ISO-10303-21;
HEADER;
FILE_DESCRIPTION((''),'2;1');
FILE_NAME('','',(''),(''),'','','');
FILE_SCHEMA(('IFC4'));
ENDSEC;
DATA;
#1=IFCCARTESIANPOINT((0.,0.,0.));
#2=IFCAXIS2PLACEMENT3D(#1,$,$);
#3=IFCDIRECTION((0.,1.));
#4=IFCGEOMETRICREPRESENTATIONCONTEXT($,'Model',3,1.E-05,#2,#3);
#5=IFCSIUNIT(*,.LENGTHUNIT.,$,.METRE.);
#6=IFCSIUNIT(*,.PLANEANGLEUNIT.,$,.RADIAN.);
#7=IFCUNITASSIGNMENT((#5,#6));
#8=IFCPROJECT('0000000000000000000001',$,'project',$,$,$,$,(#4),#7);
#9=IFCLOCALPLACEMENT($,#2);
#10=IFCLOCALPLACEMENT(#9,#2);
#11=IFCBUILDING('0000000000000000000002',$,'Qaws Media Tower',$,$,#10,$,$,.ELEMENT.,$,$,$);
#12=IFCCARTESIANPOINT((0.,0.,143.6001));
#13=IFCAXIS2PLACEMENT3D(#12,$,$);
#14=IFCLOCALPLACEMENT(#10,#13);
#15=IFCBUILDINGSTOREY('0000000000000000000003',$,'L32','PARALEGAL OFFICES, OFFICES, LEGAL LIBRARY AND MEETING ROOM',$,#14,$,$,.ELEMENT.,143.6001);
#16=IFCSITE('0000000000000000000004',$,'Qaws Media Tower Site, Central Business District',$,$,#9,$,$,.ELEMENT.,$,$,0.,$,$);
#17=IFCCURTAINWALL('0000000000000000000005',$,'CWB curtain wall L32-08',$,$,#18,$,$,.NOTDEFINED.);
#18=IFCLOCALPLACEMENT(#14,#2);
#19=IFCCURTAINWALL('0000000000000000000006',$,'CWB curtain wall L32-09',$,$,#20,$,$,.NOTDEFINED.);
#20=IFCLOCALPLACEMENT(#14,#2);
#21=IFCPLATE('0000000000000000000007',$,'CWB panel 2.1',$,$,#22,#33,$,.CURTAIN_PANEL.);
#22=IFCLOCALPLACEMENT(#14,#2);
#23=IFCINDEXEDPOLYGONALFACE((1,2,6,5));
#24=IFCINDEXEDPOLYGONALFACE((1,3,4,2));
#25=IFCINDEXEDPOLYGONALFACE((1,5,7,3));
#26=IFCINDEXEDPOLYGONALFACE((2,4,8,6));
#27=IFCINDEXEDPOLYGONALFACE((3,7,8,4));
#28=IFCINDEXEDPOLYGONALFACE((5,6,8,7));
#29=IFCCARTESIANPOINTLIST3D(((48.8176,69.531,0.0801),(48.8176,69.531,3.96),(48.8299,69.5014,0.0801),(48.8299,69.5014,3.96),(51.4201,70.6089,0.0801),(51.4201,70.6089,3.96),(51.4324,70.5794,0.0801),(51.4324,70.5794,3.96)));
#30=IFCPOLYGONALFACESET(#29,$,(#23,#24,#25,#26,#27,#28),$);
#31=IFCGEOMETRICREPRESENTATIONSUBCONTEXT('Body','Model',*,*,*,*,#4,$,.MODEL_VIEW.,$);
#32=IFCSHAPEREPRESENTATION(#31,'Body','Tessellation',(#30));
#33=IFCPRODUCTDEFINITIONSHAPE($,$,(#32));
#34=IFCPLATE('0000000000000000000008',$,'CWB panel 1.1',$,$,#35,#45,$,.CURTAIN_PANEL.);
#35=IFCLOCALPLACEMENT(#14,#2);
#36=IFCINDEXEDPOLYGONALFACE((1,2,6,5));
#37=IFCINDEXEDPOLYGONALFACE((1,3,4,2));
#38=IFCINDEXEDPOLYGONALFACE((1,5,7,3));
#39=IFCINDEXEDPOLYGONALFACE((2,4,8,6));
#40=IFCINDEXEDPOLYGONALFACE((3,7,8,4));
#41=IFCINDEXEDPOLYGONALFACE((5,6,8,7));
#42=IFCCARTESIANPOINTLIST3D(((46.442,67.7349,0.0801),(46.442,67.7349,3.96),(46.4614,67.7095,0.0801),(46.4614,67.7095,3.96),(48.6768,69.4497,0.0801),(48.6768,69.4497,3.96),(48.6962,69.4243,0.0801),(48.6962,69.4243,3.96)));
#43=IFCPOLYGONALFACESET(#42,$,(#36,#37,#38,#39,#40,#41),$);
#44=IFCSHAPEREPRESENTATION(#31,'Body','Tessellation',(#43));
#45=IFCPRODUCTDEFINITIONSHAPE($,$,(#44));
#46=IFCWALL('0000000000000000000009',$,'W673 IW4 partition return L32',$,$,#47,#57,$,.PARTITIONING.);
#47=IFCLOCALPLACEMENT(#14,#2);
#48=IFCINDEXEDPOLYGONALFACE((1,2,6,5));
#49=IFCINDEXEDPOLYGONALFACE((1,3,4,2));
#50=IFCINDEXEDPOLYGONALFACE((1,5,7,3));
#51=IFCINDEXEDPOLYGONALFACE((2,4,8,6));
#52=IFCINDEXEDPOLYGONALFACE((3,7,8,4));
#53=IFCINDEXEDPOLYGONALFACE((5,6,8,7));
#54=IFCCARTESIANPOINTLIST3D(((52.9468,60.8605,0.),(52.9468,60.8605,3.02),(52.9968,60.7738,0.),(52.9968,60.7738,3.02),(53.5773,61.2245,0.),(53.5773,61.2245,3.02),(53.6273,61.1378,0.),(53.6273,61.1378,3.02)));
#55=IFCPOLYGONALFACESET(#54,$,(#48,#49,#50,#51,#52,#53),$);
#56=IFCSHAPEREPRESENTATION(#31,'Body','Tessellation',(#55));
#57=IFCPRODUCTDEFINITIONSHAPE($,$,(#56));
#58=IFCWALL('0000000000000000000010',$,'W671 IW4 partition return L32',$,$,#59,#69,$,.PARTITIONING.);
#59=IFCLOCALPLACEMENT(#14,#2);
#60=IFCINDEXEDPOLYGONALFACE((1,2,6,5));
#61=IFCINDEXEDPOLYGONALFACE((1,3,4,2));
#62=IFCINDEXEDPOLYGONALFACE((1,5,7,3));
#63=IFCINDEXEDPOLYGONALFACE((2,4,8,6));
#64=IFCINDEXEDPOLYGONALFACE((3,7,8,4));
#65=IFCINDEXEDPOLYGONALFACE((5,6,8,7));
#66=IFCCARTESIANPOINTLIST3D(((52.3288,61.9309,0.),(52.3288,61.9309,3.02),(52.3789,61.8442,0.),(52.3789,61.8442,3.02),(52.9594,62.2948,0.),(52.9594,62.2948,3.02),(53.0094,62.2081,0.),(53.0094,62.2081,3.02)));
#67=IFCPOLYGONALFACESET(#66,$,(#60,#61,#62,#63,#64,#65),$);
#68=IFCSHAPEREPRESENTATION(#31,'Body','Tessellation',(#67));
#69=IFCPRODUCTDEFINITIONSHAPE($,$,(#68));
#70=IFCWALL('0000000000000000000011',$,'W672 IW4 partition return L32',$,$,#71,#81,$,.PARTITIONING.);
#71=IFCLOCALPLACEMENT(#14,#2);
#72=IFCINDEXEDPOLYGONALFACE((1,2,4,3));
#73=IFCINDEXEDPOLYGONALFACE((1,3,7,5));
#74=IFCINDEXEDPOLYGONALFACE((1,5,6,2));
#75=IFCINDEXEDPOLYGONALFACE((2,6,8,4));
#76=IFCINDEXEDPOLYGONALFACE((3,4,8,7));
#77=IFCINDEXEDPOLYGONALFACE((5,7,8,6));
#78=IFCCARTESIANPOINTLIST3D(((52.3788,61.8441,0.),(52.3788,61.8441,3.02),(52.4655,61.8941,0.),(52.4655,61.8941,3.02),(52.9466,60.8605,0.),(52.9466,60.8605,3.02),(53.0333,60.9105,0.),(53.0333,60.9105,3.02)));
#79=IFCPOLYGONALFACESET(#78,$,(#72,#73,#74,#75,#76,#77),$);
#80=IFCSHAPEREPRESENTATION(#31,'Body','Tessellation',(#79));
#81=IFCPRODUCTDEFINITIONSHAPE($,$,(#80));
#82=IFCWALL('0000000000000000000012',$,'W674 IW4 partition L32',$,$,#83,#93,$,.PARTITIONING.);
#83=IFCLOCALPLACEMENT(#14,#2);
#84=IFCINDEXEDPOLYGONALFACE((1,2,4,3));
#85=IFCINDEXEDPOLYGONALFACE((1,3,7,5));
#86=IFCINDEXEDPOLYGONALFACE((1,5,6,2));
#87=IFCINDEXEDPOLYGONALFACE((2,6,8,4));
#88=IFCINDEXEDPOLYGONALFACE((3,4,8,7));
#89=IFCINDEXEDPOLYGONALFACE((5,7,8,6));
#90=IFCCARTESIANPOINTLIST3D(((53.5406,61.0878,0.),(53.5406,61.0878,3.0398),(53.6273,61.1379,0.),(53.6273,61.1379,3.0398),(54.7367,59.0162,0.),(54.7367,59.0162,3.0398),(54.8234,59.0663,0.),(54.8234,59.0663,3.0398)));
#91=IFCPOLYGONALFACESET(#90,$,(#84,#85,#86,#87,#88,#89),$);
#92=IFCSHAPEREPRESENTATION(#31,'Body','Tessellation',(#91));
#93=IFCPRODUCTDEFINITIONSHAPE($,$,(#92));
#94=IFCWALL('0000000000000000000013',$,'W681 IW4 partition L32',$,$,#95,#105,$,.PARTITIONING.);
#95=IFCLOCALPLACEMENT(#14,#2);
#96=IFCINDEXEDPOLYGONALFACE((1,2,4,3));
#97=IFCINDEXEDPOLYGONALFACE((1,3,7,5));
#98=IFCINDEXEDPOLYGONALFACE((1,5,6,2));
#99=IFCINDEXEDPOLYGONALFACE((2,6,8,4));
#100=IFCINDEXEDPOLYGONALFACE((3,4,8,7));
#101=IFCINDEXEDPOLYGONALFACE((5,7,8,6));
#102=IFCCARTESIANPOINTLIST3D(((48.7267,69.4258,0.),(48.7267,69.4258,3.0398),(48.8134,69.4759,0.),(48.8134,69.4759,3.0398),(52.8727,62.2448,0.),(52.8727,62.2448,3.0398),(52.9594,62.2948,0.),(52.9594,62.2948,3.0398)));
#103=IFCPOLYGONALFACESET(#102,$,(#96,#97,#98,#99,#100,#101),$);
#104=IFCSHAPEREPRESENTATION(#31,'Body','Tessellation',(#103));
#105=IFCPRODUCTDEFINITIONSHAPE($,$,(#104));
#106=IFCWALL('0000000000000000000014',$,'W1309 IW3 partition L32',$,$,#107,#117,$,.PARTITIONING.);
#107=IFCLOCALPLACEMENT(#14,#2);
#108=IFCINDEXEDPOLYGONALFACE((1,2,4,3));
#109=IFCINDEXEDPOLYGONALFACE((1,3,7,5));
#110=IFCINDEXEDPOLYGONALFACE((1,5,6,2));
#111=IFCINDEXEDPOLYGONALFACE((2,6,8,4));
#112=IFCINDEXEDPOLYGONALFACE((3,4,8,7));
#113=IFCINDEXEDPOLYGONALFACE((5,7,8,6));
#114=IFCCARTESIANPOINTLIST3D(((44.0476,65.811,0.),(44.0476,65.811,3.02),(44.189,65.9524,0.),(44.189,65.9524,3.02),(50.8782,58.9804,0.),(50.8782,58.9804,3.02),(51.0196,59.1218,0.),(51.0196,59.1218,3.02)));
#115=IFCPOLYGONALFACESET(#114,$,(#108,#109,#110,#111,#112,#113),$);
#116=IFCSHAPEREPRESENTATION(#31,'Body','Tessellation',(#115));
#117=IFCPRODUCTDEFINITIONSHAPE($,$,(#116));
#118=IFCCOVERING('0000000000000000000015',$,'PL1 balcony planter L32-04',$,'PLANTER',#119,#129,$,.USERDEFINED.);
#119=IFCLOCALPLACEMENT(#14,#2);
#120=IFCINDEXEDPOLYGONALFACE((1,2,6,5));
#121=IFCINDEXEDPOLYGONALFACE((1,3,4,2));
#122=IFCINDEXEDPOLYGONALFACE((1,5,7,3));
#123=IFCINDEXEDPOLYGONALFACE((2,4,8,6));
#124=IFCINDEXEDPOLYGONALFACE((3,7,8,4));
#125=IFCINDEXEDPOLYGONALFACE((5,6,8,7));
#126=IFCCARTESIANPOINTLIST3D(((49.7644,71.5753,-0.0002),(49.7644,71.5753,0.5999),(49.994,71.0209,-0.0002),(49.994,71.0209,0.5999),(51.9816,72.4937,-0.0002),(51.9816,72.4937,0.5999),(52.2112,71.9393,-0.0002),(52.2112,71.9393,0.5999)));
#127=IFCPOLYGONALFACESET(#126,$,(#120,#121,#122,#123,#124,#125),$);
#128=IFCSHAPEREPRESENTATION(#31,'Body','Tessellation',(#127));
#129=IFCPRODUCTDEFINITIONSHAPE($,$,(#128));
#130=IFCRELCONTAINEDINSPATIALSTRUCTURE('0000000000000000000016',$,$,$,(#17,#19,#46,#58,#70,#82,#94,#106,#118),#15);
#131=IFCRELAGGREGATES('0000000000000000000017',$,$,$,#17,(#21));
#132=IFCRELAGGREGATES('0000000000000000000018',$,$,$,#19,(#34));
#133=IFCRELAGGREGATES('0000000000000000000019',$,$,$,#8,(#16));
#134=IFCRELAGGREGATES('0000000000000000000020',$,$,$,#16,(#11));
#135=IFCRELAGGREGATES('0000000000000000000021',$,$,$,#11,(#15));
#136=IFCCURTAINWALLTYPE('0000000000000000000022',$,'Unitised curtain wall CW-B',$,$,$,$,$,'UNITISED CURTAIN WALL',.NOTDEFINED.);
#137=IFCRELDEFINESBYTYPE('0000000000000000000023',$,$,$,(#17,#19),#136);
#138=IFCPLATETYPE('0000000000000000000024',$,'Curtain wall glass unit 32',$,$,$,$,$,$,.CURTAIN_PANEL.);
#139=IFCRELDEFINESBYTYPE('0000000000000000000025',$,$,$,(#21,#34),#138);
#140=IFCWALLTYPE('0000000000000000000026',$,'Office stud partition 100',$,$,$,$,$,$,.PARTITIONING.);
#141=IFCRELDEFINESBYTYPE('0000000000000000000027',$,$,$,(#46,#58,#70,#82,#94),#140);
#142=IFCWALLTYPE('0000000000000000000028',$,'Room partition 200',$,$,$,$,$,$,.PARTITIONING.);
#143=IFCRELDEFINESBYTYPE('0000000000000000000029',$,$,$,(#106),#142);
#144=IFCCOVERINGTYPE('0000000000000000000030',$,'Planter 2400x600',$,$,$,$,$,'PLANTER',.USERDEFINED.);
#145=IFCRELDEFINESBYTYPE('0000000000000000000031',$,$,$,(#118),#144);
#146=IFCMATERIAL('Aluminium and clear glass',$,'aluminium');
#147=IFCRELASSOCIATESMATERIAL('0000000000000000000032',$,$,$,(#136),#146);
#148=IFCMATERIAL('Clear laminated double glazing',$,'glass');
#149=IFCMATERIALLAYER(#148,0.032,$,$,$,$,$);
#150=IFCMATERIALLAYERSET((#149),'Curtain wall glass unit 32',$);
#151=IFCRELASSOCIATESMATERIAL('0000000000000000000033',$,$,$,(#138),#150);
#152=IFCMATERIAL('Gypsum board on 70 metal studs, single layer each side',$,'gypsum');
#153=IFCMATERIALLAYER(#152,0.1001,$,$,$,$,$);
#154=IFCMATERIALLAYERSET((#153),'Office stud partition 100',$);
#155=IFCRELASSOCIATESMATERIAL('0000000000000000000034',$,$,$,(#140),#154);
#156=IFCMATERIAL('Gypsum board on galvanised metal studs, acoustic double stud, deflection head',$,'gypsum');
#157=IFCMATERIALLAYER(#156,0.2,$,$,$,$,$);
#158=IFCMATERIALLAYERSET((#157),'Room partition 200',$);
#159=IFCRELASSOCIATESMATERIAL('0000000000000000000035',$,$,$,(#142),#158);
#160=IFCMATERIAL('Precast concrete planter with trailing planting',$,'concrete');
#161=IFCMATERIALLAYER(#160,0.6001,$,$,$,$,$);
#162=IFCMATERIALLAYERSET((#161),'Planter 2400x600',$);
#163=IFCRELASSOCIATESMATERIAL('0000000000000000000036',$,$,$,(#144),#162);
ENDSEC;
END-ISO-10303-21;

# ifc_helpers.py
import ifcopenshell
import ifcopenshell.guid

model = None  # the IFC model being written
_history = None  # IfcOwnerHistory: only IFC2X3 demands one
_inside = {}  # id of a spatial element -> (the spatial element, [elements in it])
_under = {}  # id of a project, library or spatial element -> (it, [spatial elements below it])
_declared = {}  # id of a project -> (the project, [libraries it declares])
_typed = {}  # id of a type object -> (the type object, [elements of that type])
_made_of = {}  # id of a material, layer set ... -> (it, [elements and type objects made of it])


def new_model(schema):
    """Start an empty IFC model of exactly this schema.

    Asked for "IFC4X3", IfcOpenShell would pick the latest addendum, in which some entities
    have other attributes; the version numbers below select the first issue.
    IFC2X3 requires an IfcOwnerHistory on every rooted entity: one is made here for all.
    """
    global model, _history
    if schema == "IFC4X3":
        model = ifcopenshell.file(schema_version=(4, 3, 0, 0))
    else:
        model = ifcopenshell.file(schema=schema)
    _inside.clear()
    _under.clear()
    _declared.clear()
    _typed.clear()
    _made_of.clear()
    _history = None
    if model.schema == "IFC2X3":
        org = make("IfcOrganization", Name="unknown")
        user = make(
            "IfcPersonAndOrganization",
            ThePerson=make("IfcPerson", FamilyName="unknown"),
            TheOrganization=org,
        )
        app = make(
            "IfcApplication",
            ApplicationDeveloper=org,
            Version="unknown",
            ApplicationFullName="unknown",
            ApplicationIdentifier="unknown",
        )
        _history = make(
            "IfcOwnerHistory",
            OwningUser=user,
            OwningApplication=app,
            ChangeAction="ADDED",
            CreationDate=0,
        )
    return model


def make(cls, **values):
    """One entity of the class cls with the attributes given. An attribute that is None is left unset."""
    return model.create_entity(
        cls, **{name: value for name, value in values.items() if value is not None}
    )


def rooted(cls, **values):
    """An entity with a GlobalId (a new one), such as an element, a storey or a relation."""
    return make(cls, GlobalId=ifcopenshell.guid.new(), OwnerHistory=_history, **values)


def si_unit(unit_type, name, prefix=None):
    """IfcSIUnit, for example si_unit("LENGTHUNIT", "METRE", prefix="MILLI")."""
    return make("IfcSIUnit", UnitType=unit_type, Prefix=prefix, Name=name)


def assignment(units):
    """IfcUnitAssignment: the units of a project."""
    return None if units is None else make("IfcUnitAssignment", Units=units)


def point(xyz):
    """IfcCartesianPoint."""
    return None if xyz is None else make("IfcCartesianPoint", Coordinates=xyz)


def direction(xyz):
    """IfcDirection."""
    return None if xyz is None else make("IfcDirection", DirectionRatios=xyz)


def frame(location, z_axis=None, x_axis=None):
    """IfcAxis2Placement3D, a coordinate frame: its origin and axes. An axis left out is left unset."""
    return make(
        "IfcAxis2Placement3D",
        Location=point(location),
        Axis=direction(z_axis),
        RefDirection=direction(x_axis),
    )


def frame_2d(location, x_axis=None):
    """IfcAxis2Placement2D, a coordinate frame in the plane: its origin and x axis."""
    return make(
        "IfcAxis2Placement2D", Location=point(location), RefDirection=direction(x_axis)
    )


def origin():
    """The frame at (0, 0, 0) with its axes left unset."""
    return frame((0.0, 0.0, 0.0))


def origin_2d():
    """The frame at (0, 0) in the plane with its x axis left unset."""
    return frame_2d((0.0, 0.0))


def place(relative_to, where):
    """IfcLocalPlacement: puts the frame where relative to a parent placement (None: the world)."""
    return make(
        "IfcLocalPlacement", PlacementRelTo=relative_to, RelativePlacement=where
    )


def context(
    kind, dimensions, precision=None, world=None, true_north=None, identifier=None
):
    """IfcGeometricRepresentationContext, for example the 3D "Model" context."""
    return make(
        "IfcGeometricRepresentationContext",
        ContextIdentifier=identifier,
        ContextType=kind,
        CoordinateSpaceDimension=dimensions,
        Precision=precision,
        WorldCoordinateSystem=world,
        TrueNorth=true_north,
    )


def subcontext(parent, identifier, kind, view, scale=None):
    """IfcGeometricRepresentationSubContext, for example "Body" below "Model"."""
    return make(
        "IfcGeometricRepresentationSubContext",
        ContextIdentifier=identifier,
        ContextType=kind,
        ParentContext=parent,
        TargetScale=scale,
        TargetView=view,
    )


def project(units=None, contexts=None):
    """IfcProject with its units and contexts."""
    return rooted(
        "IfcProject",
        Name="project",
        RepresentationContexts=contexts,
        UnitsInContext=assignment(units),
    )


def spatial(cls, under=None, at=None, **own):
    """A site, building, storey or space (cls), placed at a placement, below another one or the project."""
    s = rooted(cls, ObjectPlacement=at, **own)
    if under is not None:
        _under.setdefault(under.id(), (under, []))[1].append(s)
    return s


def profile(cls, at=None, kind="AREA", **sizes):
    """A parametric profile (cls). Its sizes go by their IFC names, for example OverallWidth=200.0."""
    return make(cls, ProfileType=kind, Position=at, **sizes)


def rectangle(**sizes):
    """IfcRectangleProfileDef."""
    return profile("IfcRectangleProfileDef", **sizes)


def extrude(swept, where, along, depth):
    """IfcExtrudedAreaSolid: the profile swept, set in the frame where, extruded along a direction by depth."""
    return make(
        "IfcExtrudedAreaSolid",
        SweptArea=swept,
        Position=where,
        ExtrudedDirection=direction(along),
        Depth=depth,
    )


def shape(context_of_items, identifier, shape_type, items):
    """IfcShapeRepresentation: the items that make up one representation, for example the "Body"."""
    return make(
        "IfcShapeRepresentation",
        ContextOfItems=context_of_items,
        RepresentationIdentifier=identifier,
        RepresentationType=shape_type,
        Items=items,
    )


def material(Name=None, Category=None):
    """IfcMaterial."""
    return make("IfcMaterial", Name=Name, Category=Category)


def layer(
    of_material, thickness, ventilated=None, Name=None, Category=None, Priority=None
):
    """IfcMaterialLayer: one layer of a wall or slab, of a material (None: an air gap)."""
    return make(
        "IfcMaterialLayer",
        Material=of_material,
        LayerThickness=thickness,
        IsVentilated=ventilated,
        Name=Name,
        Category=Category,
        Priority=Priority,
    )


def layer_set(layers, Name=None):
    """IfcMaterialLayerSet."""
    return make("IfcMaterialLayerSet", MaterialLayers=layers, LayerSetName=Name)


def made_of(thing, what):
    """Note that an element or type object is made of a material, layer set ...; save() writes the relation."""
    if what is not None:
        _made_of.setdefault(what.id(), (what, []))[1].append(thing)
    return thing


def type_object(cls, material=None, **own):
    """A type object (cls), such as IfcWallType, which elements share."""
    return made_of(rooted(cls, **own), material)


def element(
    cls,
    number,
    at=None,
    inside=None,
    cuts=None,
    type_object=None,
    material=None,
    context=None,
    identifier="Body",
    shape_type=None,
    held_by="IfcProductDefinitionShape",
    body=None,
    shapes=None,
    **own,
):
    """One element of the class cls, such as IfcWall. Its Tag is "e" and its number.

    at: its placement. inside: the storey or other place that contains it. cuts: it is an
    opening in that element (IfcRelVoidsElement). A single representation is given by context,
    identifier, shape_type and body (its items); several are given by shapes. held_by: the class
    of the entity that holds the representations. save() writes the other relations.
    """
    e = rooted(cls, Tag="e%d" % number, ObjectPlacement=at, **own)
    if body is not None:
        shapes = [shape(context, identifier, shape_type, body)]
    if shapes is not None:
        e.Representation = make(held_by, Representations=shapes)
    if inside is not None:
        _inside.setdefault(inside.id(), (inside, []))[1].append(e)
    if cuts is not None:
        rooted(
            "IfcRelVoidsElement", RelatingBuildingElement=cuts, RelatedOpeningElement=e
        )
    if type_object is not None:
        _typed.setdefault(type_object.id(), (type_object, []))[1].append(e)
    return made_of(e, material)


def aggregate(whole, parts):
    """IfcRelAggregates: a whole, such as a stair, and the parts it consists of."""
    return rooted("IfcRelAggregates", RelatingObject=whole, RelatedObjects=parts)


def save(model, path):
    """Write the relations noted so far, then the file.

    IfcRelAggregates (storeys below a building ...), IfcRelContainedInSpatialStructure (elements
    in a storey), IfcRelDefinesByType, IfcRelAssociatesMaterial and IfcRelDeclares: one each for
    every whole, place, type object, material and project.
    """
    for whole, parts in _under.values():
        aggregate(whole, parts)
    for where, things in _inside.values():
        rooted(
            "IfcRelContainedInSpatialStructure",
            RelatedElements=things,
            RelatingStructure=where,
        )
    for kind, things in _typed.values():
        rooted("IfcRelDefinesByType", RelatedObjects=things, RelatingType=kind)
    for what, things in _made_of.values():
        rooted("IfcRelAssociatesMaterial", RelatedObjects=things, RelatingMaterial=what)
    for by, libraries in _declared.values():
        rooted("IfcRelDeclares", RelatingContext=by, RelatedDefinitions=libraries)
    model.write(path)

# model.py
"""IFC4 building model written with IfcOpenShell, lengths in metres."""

from ifc_helpers import new_model, si_unit, direction, frame, frame_2d, origin, origin_2d, place, context, subcontext, project, spatial, rectangle, extrude, material, layer, layer_set, type_object, element, aggregate, save


model = new_model("IFC4")

# Units and contexts
model_context = context("Model", 3, precision=1e-05, world=origin(), true_north=direction((0.0, 1.0)))
body_context = subcontext(model_context, "Body", "Model", "MODEL_VIEW")
ifc_project = project(units=[si_unit("LENGTHUNIT", "METRE"), si_unit("PLANEANGLEUNIT", "RADIAN")], contexts=[model_context])

# Site, building, storey
site_placement = place(None, origin())
site = spatial("IfcSite", under=ifc_project, at=site_placement, Name="Qaws Media Tower Site, Central Business District", CompositionType="ELEMENT", RefElevation=0.0)
building_placement = place(site_placement, origin())
building = spatial("IfcBuilding", under=site, at=building_placement, Name="Qaws Media Tower", CompositionType="ELEMENT")
storey_placement = place(building_placement, frame((0.0, 0.0, 143.6001)))
storey = spatial("IfcBuildingStorey", under=building, at=storey_placement, Name="L32", Description="PARALEGAL OFFICES, OFFICES, LEGAL LIBRARY AND MEETING ROOM", CompositionType="ELEMENT", Elevation=143.6001)

# Curtain wall
ifc_material_1 = material(Name="Aluminium and clear glass", Category="aluminium")
curtain_wall_type = type_object("IfcCurtainWallType", Name="Unitised curtain wall CW-B", ElementType="UNITISED CURTAIN WALL", PredefinedType="NOTDEFINED", material=ifc_material_1)
curtain_wall_1_placement = place(storey_placement, origin())
curtain_wall_1 = element("IfcCurtainWall", 1, at=curtain_wall_1_placement, inside=storey, type_object=curtain_wall_type, Name="CWB curtain wall L32-08", PredefinedType="NOTDEFINED")

# Curtain wall
curtain_wall_2_placement = place(storey_placement, origin())
curtain_wall_2 = element("IfcCurtainWall", 2, at=curtain_wall_2_placement, inside=storey, type_object=curtain_wall_type, Name="CWB curtain wall L32-09", PredefinedType="NOTDEFINED")

# Plates
ifc_material_2 = material(Name="Clear laminated double glazing", Category="glass")
ifc_layer_1 = layer(ifc_material_2, 0.032)
ifc_layer_set_1 = layer_set([ifc_layer_1], Name="Curtain wall glass unit 32")
plate_type = type_object("IfcPlateType", Name="Curtain wall glass unit 32", PredefinedType="CURTAIN_PANEL", material=ifc_layer_set_1)
plate_1_placement = place(storey_placement, frame((50.125, 70.0552, 0.0801), z_axis=(0.0, 0.0, 1.0), x_axis=(-0.92388, -0.382683, 0.0)))
plate_1 = element("IfcPlate", 3, at=plate_1_placement, type_object=plate_type, Name="CWB panel 2.1", PredefinedType="CURTAIN_PANEL", context=body_context, shape_type="SweptSolid", body=[
    extrude(rectangle(XDim=2.8169, YDim=0.032, at=origin_2d()), origin(), (0.0, 0.0, 1.0), 3.8799),
])
aggregate(curtain_wall_1, [plate_1])
plate_2_placement = place(storey_placement, frame((47.5691, 68.5796, 0.0801), z_axis=(0.0, 0.0, 1.0), x_axis=(-0.793353, -0.608761, 0.0)))
plate_2 = element("IfcPlate", 4, at=plate_2_placement, type_object=plate_type, Name="CWB panel 1.1", PredefinedType="CURTAIN_PANEL", context=body_context, shape_type="SweptSolid", body=[
    extrude(rectangle(XDim=2.8169, YDim=0.032, at=origin_2d()), origin(), (0.0, 0.0, 1.0), 3.8799),
])
aggregate(curtain_wall_2, [plate_2])

# Walls
ifc_material_3 = material(Name="Gypsum board on 70 metal studs, single layer each side", Category="gypsum")
ifc_layer_2 = layer(ifc_material_3, 0.1001)
ifc_layer_set_2 = layer_set([ifc_layer_2], Name="Office stud partition 100")
wall_type_1 = type_object("IfcWallType", Name="Office stud partition 100", PredefinedType="PARTITIONING", material=ifc_layer_set_2)
for number, where, z_axis, x_axis, name in (
    (5, (53.6023, 61.1812, 0.0), (0.0, 0.0, 1.0), (-0.866068, -0.499926, 0.0), "W673 IW4 partition return L32"),
    (6, (52.9844, 62.2515, 0.0), (0.0, 0.0, 1.0), (-0.866068, -0.499926, 0.0), "W671 IW4 partition return L32"),
):
    element("IfcWall", number, at=place(storey_placement, frame(where, z_axis=z_axis, x_axis=x_axis)), inside=storey, type_object=wall_type_1, Name=name, PredefinedType="PARTITIONING", context=body_context, shape_type="SweptSolid", body=[
        extrude(rectangle(XDim=0.728, YDim=0.1001, at=frame_2d((0.364, 0.0))), origin(), (0.0, 0.0, 1.0), 3.02),
    ])
wall_1_placement = place(storey_placement, frame((52.99, 60.8855, 0.0), z_axis=(0.0, 0.0, 1.0), x_axis=(-0.499977, 0.866039, 0.0)))
element("IfcWall", 7, at=wall_1_placement, inside=storey, type_object=wall_type_1, Name="W672 IW4 partition return L32", PredefinedType="PARTITIONING", context=body_context, shape_type="SweptSolid", body=[
    extrude(rectangle(XDim=1.1357, YDim=0.1001, at=frame_2d((0.5679, 0.0))), origin(), (0.0, 0.0, 1.0), 3.02),
])
wall_2_placement = place(storey_placement, frame((54.78, 59.0413, 0.0), z_axis=(0.0, 0.0, 1.0), x_axis=(-0.500014, 0.866017, 0.0)))
element("IfcWall", 8, at=wall_2_placement, inside=storey, type_object=wall_type_1, Name="W674 IW4 partition L32", PredefinedType="PARTITIONING", context=body_context, shape_type="SweptSolid", body=[
    extrude(rectangle(XDim=2.3921, YDim=0.1001, at=frame_2d((1.196, 0.0))), origin(), (0.0, 0.0, 1.0), 3.0398),
])
wall_3_placement = place(storey_placement, frame((52.916, 62.2698, 0.0), z_axis=(0.0, 0.0, 1.0), x_axis=(-0.499996, 0.866028, 0.0)))
element("IfcWall", 9, at=wall_3_placement, inside=storey, type_object=wall_type_1, Name="W681 IW4 partition L32", PredefinedType="PARTITIONING", context=body_context, shape_type="SweptSolid", body=[
    extrude(rectangle(XDim=8.292, YDim=0.1001, at=frame_2d((4.146, 0.0))), origin(), (0.0, 0.0, 1.0), 3.0398),
])

# Shared definitions
ifc_material_4 = material(Name="Gypsum board on galvanised metal studs, acoustic double stud, deflection head", Category="gypsum")
ifc_layer_3 = layer(ifc_material_4, 0.2)
ifc_layer_set_3 = layer_set([ifc_layer_3], Name="Room partition 200")
wall_type_2 = type_object("IfcWallType", Name="Room partition 200", PredefinedType="PARTITIONING", material=ifc_layer_set_3)

# Wall
wall_4_placement = place(storey_placement, frame((50.949, 59.051, 0.0), z_axis=(0.0, 0.0, 1.0), x_axis=(-0.707107, 0.707107, 0.0)))
element("IfcWall", 10, at=wall_4_placement, inside=storey, type_object=wall_type_2, Name="W1309 IW3 partition L32", PredefinedType="PARTITIONING", context=body_context, shape_type="SweptSolid", body=[
    extrude(rectangle(XDim=9.6599, YDim=0.2, at=frame_2d((4.8301, 0.0))), origin(), (0.0, 0.0, 1.0), 3.02),
])

# Covering
ifc_material_5 = material(Name="Precast concrete planter with trailing planting", Category="concrete")
ifc_layer_4 = layer(ifc_material_5, 0.6001)
ifc_layer_set_4 = layer_set([ifc_layer_4], Name="Planter 2400x600")
covering_type = type_object("IfcCoveringType", Name="Planter 2400x600", ElementType="PLANTER", PredefinedType="USERDEFINED", material=ifc_layer_set_4)
covering_placement = place(storey_placement, frame((50.9878, 71.7573, -0.0002), z_axis=(0.0, 0.0, 1.0), x_axis=(-0.92388, -0.382683, 0.0)))
element("IfcCovering", 11, at=covering_placement, inside=storey, type_object=covering_type, Name="PL1 balcony planter L32-04", ObjectType="PLANTER", PredefinedType="USERDEFINED", context=body_context, shape_type="SweptSolid", body=[
    extrude(rectangle(XDim=2.3999, YDim=0.6001, at=origin_2d()), origin(), (0.0, 0.0, 1.0), 0.6001),
])

save(model, "model.ifc")
